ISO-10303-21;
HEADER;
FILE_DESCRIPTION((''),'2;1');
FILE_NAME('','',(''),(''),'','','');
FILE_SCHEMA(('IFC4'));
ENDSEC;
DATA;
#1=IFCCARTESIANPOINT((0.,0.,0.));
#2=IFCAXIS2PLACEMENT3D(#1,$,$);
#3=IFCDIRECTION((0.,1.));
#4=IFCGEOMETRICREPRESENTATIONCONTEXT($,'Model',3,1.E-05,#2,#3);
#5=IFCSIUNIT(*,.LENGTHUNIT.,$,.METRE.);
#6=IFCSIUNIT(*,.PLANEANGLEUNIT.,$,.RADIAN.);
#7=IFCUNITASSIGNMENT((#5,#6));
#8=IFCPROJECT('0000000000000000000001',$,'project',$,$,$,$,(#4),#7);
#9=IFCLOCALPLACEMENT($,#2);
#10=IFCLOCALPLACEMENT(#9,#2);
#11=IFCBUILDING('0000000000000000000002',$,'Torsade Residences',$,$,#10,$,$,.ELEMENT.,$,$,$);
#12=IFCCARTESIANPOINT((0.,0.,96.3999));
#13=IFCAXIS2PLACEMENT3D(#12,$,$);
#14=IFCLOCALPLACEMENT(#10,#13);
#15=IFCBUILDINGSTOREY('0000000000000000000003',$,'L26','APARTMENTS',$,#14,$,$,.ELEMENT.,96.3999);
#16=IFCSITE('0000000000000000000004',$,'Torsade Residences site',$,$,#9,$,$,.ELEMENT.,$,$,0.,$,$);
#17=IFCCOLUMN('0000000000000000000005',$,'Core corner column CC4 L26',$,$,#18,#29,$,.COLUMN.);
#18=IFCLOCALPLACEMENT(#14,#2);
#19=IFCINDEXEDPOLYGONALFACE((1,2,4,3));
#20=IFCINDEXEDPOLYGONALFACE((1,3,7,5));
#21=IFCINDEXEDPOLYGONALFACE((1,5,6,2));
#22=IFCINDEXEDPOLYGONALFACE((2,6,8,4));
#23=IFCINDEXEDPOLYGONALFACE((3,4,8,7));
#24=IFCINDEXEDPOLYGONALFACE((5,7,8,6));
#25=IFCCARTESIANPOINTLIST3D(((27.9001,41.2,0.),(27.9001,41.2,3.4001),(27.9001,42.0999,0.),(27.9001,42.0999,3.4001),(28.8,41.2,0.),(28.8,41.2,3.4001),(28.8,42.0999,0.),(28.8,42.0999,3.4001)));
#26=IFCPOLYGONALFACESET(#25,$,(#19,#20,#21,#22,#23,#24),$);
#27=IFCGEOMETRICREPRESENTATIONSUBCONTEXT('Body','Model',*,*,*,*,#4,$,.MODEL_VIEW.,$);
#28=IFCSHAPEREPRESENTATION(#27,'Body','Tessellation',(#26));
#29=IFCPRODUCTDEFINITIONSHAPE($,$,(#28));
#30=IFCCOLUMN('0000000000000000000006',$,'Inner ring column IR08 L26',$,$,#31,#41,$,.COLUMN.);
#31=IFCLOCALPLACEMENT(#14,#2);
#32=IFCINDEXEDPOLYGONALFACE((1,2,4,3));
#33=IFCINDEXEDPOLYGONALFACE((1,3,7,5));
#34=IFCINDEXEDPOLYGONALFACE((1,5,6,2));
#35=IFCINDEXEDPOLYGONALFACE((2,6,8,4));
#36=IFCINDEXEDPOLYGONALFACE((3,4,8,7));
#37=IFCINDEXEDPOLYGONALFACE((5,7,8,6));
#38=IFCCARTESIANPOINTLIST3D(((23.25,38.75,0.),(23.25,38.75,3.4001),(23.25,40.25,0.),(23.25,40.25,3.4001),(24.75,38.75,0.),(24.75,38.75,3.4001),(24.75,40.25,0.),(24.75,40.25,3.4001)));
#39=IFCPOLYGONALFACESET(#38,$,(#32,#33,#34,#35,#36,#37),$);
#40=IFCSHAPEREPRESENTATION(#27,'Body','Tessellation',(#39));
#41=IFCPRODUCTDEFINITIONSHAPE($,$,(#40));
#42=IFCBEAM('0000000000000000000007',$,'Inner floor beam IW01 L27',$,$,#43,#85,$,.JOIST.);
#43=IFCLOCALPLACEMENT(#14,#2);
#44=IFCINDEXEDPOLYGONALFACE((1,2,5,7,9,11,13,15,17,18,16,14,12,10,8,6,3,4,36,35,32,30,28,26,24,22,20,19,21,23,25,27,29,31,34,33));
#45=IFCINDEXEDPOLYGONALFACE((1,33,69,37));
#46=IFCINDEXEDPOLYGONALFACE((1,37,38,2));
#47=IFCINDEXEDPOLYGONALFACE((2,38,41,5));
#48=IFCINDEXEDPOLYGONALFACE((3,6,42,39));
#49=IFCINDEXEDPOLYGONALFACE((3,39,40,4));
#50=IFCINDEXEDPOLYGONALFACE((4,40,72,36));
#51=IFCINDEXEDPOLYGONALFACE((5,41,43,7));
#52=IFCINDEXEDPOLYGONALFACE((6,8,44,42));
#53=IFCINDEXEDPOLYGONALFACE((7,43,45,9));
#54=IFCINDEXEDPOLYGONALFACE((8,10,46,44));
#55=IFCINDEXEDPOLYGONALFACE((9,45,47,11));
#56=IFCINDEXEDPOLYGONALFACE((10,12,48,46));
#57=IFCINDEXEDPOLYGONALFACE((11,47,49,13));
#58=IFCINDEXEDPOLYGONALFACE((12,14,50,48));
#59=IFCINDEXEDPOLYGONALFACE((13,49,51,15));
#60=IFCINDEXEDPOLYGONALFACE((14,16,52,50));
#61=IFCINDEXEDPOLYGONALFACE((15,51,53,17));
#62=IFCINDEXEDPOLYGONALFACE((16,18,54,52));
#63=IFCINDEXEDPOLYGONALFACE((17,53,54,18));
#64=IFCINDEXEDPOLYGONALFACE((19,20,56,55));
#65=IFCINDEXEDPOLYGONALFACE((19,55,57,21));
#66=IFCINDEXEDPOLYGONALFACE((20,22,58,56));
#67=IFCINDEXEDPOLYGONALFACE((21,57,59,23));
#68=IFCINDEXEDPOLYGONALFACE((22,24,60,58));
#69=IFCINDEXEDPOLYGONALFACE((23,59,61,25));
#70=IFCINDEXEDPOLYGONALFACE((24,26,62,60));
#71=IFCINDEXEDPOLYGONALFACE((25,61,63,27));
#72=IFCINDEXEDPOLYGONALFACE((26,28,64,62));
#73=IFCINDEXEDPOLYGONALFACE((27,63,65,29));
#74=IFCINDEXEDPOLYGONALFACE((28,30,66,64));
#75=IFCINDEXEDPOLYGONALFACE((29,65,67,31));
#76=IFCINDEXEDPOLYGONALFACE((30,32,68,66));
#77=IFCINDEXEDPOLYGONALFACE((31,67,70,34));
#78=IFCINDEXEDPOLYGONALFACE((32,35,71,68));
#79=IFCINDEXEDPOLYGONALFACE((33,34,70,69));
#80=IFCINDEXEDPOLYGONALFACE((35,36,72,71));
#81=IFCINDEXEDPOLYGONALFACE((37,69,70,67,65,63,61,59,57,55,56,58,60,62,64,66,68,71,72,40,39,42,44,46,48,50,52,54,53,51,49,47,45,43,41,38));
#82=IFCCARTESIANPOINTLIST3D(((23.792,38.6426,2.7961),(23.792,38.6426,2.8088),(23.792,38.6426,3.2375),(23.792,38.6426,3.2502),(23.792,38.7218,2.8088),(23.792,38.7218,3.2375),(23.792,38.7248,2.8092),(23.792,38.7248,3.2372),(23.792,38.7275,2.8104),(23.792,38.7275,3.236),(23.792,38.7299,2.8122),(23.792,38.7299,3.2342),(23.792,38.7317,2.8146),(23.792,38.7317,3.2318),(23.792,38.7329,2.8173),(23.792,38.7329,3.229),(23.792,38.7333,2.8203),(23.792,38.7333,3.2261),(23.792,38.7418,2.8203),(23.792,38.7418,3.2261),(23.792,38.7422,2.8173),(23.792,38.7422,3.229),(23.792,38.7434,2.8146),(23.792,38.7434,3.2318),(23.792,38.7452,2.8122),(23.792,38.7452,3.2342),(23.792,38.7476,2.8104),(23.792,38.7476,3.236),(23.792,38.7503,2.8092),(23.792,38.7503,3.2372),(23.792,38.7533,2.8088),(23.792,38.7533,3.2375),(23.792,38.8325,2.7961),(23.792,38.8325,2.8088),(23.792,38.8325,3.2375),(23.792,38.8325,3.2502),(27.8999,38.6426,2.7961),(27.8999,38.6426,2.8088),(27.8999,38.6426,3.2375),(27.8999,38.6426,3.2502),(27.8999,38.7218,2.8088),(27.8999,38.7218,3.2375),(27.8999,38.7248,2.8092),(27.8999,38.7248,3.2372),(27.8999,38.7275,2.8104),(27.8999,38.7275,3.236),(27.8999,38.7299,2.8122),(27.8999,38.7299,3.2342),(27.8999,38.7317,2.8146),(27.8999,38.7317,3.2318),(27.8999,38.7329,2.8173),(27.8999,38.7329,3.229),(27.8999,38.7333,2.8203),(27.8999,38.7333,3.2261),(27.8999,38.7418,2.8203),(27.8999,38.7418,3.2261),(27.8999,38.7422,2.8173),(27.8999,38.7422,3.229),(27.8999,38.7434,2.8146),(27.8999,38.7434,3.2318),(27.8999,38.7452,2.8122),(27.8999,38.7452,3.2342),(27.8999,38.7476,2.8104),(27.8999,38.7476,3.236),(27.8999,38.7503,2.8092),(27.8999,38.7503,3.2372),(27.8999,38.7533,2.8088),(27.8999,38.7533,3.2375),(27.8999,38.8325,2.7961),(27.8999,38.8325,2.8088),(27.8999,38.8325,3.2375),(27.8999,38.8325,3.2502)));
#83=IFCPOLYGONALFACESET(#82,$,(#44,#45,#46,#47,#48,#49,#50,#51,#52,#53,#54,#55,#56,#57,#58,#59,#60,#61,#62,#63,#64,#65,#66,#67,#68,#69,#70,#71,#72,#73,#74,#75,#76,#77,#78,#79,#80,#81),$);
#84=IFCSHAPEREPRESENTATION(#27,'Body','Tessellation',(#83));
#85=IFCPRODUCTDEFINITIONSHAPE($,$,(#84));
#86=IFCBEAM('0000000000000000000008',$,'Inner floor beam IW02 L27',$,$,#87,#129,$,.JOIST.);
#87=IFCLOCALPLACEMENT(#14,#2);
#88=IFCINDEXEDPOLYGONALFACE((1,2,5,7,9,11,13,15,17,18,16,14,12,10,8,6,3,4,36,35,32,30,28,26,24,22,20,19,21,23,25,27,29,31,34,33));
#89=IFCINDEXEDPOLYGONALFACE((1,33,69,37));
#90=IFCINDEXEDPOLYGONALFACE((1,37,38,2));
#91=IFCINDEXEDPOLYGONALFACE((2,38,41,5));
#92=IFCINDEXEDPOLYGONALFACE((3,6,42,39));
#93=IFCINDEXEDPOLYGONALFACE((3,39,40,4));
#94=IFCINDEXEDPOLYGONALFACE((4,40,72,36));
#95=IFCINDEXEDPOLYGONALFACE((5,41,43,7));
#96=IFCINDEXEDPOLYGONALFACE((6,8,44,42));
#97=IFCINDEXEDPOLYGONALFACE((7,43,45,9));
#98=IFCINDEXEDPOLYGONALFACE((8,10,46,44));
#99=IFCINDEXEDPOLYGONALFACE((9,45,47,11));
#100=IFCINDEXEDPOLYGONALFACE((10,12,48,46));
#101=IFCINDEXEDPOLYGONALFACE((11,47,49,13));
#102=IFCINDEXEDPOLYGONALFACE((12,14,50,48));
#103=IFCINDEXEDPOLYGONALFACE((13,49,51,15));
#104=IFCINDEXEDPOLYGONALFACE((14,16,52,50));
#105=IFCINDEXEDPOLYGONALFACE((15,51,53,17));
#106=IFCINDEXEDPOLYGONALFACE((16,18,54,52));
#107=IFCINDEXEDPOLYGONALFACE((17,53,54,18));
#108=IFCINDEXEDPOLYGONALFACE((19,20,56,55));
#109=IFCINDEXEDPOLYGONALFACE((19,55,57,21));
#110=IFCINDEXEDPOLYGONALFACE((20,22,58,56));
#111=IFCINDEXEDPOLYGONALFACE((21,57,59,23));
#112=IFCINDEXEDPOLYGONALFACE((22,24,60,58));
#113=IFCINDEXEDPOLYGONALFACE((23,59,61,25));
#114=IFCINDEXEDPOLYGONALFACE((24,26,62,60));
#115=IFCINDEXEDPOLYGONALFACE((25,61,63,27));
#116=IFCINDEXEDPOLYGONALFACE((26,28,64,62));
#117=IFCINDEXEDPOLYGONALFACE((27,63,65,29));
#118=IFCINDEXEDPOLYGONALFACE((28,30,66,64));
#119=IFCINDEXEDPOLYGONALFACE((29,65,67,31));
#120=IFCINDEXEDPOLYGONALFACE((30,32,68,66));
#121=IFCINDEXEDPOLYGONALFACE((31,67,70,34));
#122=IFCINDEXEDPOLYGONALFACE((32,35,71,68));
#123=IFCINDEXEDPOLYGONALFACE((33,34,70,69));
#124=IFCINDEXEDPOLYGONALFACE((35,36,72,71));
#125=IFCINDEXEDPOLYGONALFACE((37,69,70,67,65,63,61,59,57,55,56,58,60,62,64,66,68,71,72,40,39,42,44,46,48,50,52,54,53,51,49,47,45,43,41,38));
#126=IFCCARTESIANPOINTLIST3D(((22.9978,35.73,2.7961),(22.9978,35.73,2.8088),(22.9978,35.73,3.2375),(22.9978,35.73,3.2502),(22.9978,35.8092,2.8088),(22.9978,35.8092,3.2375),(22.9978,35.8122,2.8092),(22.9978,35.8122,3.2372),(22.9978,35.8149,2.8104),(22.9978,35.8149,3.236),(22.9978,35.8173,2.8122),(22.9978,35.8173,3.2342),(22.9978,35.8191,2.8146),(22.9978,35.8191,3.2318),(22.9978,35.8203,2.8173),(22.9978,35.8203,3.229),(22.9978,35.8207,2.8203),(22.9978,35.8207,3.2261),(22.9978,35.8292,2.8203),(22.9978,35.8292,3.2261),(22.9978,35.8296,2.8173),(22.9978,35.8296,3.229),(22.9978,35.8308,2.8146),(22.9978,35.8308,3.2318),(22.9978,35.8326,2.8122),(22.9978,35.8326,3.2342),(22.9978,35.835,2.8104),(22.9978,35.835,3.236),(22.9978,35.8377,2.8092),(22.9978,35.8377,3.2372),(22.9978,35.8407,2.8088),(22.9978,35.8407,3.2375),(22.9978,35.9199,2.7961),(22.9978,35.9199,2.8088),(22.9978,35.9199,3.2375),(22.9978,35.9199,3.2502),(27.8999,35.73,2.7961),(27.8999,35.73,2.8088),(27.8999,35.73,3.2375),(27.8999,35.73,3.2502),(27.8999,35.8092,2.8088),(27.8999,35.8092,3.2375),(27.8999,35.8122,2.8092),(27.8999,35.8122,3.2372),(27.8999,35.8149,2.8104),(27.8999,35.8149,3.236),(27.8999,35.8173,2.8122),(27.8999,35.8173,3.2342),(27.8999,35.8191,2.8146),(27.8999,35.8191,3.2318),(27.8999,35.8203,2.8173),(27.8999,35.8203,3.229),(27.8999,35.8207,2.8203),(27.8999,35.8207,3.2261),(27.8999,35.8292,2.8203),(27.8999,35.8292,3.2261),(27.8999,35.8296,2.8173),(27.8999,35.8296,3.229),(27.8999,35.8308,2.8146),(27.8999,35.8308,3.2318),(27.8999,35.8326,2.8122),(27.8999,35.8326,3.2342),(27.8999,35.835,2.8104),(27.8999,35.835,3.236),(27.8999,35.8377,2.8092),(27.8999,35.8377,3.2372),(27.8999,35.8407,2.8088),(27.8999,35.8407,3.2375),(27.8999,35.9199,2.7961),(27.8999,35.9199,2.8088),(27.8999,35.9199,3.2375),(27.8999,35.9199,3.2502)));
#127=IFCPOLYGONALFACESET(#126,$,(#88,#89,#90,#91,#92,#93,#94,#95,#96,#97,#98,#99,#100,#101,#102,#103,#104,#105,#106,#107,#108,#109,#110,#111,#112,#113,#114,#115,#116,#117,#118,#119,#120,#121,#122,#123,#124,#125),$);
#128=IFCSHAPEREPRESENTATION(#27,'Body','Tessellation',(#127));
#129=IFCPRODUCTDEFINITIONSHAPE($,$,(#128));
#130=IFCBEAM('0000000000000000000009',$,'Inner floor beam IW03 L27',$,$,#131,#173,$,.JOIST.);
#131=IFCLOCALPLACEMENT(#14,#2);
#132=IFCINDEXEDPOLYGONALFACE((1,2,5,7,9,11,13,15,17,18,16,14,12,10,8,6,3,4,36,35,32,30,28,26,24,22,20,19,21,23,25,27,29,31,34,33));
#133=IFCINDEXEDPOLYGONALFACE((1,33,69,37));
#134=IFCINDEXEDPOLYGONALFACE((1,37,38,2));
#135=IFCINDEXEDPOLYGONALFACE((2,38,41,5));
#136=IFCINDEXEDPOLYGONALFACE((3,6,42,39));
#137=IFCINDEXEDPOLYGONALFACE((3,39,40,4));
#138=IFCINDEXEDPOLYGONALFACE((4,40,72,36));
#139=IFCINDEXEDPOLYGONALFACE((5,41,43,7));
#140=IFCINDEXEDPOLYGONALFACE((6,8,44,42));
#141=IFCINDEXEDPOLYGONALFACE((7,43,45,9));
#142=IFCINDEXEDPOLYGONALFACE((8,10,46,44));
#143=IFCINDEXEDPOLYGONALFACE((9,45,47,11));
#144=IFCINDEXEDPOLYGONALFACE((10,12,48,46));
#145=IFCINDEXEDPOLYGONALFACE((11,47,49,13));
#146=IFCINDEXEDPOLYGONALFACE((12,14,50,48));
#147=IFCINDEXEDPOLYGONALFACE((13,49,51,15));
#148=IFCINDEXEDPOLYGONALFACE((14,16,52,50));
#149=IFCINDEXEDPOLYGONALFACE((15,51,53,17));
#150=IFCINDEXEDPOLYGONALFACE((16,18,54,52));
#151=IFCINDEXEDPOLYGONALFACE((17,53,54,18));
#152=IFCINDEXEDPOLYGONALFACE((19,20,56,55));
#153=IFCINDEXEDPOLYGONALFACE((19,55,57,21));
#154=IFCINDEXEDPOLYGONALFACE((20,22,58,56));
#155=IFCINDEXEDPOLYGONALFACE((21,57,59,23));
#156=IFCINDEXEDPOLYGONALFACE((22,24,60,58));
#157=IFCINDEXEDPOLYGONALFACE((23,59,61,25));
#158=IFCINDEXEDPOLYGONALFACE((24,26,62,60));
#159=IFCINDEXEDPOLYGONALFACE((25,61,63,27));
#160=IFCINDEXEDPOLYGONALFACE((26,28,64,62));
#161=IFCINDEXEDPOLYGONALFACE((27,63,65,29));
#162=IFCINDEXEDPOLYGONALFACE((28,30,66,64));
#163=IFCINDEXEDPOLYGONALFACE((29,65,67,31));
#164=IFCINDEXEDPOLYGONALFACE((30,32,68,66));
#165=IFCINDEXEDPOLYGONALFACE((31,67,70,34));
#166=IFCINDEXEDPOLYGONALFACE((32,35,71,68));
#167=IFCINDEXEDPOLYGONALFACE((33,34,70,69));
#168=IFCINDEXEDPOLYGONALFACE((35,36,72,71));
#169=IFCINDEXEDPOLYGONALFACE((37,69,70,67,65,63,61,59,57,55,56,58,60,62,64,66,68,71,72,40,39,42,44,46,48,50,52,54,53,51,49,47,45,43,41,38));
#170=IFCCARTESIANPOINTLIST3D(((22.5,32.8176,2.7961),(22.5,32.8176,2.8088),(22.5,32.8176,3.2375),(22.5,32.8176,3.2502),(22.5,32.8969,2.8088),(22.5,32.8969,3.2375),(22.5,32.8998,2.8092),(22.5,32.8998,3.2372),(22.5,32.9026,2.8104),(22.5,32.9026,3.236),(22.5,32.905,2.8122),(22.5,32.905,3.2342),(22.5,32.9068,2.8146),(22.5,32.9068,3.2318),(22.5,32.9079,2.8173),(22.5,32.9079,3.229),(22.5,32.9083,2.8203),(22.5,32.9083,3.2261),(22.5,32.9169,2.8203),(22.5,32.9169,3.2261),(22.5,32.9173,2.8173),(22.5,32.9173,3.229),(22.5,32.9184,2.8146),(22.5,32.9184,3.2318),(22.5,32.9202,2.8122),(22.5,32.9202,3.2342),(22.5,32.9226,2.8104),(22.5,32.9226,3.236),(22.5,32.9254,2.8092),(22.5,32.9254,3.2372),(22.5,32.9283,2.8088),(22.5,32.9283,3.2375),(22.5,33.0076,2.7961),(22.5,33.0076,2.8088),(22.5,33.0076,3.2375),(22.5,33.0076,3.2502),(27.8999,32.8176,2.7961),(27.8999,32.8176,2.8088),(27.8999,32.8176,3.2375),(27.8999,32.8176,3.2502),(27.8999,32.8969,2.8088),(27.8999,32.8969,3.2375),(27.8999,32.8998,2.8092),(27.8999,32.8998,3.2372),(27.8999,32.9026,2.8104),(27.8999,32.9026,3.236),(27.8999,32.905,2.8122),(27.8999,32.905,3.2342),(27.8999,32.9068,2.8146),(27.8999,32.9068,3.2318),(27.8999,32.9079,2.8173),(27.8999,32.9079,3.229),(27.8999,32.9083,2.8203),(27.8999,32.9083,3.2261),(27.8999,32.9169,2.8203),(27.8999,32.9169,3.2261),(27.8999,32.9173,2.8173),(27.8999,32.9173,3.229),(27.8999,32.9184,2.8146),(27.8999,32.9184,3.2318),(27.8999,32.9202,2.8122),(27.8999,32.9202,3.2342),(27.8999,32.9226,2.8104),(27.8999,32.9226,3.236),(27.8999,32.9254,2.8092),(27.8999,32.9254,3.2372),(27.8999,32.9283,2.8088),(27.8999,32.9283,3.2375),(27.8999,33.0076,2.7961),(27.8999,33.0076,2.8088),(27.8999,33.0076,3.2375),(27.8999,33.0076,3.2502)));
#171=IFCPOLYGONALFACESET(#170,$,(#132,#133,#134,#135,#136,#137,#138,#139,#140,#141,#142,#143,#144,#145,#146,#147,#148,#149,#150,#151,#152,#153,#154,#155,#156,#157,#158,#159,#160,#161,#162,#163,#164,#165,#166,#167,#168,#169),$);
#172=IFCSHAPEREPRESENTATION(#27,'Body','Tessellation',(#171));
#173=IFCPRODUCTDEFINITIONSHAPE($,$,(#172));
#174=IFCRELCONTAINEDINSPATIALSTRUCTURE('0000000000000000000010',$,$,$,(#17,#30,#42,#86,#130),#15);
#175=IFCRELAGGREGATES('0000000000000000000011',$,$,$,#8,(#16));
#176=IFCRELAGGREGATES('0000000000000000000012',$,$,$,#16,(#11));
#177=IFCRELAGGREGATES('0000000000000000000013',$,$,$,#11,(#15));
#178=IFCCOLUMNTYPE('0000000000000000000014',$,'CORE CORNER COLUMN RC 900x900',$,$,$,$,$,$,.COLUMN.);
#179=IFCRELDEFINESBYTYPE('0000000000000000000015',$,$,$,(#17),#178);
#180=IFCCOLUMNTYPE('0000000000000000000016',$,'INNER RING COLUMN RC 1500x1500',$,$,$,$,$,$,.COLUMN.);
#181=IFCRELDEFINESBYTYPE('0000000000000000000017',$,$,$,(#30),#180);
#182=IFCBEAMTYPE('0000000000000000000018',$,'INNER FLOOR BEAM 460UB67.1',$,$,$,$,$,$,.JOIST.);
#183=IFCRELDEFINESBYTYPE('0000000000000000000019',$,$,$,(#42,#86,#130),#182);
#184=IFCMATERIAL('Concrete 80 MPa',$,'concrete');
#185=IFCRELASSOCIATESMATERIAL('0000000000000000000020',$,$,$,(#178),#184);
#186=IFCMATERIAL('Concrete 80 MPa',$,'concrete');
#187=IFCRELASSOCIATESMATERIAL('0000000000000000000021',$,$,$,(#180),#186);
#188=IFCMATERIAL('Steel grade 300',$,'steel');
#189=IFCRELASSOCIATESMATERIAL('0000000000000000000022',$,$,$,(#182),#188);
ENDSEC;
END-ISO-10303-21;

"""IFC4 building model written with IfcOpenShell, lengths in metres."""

from ifc_helpers import new_model, si_unit, direction, frame, origin, origin_2d, place, context, subcontext, project, spatial, rectangle, i_section, extrude, material, material_profile, profile_set, type_object, element, save


model = new_model("IFC4")

# Units and contexts
model_context = context("Model", 3, precision=1e-05, world=origin(), true_north=direction((0.0, 1.0)))
body_context = subcontext(model_context, "Body", "Model", "MODEL_VIEW")
ifc_project = project(units=[si_unit("LENGTHUNIT", "METRE"), si_unit("PLANEANGLEUNIT", "RADIAN")], contexts=[model_context])

# Site, building, storey
site_placement = place(None, origin())
site = spatial("IfcSite", under=ifc_project, at=site_placement, Name="Torsade Residences site", CompositionType="ELEMENT", RefElevation=0.0)
building_placement = place(site_placement, origin())
building = spatial("IfcBuilding", under=site, at=building_placement, Name="Torsade Residences", CompositionType="ELEMENT")
storey_placement = place(building_placement, frame((0.0, 0.0, 96.3999)))
storey = spatial("IfcBuildingStorey", under=building, at=storey_placement, Name="L26", Description="APARTMENTS", CompositionType="ELEMENT", Elevation=96.3999)

# Columns
ifc_material_1 = material(Name="Concrete 80 MPa", Category="concrete")
ifc_material_profile_1 = material_profile(ifc_material_1, rectangle(XDim=0.8999, YDim=0.8999, at=origin_2d()), Name="RC 900x900")
ifc_profile_set_1 = profile_set([ifc_material_profile_1], Name="Concrete 80 MPa")
column_type_1 = type_object("IfcColumnType", Name="CORE CORNER COLUMN RC 900x900", PredefinedType="COLUMN", material=ifc_profile_set_1)
column_1_placement = place(storey_placement, frame((28.3501, 41.6499, 0.0), z_axis=(0.0, 0.0, 1.0), x_axis=(1.0, 0.0, 0.0)))
element("IfcColumn", 1, at=column_1_placement, inside=storey, type_object=column_type_1, Name="Core corner column CC4 L26", PredefinedType="COLUMN", context=body_context, shape_type="SweptSolid", body=[
    extrude(rectangle(XDim=0.8999, YDim=0.8999, at=origin_2d()), origin(), (0.0, 0.0, 1.0), 3.4001),
])
ifc_material_2 = material(Name="Concrete 80 MPa", Category="concrete")
ifc_material_profile_2 = material_profile(ifc_material_2, rectangle(XDim=1.5, YDim=1.5, at=origin_2d()), Name="RC 1500x1500")
ifc_profile_set_2 = profile_set([ifc_material_profile_2], Name="Concrete 80 MPa")
column_type_2 = type_object("IfcColumnType", Name="INNER RING COLUMN RC 1500x1500", PredefinedType="COLUMN", material=ifc_profile_set_2)
column_2_placement = place(storey_placement, frame((24.0, 39.5, 0.0), z_axis=(0.0, 0.0, 1.0), x_axis=(1.0, 0.0, 0.0)))
element("IfcColumn", 2, at=column_2_placement, inside=storey, type_object=column_type_2, Name="Inner ring column IR08 L26", PredefinedType="COLUMN", context=body_context, shape_type="SweptSolid", body=[
    extrude(rectangle(XDim=1.5, YDim=1.5, at=origin_2d()), origin(), (0.0, 0.0, 1.0), 3.4001),
])

# Beams
ifc_material_3 = material(Name="Steel grade 300", Category="steel")
ifc_material_profile_3 = material_profile(ifc_material_3, i_section(OverallWidth=0.1899, OverallDepth=0.4541, WebThickness=0.0085, FlangeThickness=0.0127, FilletRadius=0.0115, at=origin_2d()), Name="460UB67.1")
ifc_profile_set_3 = profile_set([ifc_material_profile_3], Name="Steel grade 300")
beam_type_1 = type_object("IfcBeamType", Name="INNER FLOOR BEAM 460UB67.1", PredefinedType="JOIST", material=ifc_profile_set_3)
beam_1_placement = place(storey_placement, frame((27.8999, 38.7375, 3.0232), z_axis=(-1.0, 0.0, 0.0), x_axis=(0.0, -1.0, 0.0)))
element("IfcBeam", 3, at=beam_1_placement, inside=storey, type_object=beam_type_1, Name="Inner floor beam IW01 L27", PredefinedType="JOIST", context=body_context, shape_type="SweptSolid", body=[
    extrude(i_section(OverallWidth=0.1899, OverallDepth=0.4541, WebThickness=0.0085, FlangeThickness=0.0127, FilletRadius=0.0115, at=origin_2d()), origin(), (0.0, 0.0, 1.0), 4.1079),
])
beam_2_placement = place(storey_placement, frame((27.8999, 35.825, 3.0232), z_axis=(-1.0, 0.0, 0.0), x_axis=(0.0, -1.0, 0.0)))
element("IfcBeam", 4, at=beam_2_placement, inside=storey, type_object=beam_type_1, Name="Inner floor beam IW02 L27", PredefinedType="JOIST", context=body_context, shape_type="SweptSolid", body=[
    extrude(i_section(OverallWidth=0.1899, OverallDepth=0.4541, WebThickness=0.0085, FlangeThickness=0.0127, FilletRadius=0.0115, at=origin_2d()), origin(), (0.0, 0.0, 1.0), 4.9021),
])
for number, where, z_axis, x_axis, name in (
    (5, (27.8999, 32.9126, 3.0232), (-1.0, 0.0, 0.0), (0.0, -1.0, 0.0), "Inner floor beam IW03 L27"),
):
    element("IfcBeam", number, at=place(storey_placement, frame(where, z_axis=z_axis, x_axis=x_axis)), inside=storey, type_object=beam_type_1, Name=name, PredefinedType="JOIST", context=body_context, shape_type="SweptSolid", body=[
        extrude(i_section(OverallWidth=0.1899, OverallDepth=0.4541, WebThickness=0.0085, FlangeThickness=0.0127, FilletRadius=0.0115, at=origin_2d()), origin(), (0.0, 0.0, 1.0), 5.3999),
    ])

save(model, "model.ifc")
